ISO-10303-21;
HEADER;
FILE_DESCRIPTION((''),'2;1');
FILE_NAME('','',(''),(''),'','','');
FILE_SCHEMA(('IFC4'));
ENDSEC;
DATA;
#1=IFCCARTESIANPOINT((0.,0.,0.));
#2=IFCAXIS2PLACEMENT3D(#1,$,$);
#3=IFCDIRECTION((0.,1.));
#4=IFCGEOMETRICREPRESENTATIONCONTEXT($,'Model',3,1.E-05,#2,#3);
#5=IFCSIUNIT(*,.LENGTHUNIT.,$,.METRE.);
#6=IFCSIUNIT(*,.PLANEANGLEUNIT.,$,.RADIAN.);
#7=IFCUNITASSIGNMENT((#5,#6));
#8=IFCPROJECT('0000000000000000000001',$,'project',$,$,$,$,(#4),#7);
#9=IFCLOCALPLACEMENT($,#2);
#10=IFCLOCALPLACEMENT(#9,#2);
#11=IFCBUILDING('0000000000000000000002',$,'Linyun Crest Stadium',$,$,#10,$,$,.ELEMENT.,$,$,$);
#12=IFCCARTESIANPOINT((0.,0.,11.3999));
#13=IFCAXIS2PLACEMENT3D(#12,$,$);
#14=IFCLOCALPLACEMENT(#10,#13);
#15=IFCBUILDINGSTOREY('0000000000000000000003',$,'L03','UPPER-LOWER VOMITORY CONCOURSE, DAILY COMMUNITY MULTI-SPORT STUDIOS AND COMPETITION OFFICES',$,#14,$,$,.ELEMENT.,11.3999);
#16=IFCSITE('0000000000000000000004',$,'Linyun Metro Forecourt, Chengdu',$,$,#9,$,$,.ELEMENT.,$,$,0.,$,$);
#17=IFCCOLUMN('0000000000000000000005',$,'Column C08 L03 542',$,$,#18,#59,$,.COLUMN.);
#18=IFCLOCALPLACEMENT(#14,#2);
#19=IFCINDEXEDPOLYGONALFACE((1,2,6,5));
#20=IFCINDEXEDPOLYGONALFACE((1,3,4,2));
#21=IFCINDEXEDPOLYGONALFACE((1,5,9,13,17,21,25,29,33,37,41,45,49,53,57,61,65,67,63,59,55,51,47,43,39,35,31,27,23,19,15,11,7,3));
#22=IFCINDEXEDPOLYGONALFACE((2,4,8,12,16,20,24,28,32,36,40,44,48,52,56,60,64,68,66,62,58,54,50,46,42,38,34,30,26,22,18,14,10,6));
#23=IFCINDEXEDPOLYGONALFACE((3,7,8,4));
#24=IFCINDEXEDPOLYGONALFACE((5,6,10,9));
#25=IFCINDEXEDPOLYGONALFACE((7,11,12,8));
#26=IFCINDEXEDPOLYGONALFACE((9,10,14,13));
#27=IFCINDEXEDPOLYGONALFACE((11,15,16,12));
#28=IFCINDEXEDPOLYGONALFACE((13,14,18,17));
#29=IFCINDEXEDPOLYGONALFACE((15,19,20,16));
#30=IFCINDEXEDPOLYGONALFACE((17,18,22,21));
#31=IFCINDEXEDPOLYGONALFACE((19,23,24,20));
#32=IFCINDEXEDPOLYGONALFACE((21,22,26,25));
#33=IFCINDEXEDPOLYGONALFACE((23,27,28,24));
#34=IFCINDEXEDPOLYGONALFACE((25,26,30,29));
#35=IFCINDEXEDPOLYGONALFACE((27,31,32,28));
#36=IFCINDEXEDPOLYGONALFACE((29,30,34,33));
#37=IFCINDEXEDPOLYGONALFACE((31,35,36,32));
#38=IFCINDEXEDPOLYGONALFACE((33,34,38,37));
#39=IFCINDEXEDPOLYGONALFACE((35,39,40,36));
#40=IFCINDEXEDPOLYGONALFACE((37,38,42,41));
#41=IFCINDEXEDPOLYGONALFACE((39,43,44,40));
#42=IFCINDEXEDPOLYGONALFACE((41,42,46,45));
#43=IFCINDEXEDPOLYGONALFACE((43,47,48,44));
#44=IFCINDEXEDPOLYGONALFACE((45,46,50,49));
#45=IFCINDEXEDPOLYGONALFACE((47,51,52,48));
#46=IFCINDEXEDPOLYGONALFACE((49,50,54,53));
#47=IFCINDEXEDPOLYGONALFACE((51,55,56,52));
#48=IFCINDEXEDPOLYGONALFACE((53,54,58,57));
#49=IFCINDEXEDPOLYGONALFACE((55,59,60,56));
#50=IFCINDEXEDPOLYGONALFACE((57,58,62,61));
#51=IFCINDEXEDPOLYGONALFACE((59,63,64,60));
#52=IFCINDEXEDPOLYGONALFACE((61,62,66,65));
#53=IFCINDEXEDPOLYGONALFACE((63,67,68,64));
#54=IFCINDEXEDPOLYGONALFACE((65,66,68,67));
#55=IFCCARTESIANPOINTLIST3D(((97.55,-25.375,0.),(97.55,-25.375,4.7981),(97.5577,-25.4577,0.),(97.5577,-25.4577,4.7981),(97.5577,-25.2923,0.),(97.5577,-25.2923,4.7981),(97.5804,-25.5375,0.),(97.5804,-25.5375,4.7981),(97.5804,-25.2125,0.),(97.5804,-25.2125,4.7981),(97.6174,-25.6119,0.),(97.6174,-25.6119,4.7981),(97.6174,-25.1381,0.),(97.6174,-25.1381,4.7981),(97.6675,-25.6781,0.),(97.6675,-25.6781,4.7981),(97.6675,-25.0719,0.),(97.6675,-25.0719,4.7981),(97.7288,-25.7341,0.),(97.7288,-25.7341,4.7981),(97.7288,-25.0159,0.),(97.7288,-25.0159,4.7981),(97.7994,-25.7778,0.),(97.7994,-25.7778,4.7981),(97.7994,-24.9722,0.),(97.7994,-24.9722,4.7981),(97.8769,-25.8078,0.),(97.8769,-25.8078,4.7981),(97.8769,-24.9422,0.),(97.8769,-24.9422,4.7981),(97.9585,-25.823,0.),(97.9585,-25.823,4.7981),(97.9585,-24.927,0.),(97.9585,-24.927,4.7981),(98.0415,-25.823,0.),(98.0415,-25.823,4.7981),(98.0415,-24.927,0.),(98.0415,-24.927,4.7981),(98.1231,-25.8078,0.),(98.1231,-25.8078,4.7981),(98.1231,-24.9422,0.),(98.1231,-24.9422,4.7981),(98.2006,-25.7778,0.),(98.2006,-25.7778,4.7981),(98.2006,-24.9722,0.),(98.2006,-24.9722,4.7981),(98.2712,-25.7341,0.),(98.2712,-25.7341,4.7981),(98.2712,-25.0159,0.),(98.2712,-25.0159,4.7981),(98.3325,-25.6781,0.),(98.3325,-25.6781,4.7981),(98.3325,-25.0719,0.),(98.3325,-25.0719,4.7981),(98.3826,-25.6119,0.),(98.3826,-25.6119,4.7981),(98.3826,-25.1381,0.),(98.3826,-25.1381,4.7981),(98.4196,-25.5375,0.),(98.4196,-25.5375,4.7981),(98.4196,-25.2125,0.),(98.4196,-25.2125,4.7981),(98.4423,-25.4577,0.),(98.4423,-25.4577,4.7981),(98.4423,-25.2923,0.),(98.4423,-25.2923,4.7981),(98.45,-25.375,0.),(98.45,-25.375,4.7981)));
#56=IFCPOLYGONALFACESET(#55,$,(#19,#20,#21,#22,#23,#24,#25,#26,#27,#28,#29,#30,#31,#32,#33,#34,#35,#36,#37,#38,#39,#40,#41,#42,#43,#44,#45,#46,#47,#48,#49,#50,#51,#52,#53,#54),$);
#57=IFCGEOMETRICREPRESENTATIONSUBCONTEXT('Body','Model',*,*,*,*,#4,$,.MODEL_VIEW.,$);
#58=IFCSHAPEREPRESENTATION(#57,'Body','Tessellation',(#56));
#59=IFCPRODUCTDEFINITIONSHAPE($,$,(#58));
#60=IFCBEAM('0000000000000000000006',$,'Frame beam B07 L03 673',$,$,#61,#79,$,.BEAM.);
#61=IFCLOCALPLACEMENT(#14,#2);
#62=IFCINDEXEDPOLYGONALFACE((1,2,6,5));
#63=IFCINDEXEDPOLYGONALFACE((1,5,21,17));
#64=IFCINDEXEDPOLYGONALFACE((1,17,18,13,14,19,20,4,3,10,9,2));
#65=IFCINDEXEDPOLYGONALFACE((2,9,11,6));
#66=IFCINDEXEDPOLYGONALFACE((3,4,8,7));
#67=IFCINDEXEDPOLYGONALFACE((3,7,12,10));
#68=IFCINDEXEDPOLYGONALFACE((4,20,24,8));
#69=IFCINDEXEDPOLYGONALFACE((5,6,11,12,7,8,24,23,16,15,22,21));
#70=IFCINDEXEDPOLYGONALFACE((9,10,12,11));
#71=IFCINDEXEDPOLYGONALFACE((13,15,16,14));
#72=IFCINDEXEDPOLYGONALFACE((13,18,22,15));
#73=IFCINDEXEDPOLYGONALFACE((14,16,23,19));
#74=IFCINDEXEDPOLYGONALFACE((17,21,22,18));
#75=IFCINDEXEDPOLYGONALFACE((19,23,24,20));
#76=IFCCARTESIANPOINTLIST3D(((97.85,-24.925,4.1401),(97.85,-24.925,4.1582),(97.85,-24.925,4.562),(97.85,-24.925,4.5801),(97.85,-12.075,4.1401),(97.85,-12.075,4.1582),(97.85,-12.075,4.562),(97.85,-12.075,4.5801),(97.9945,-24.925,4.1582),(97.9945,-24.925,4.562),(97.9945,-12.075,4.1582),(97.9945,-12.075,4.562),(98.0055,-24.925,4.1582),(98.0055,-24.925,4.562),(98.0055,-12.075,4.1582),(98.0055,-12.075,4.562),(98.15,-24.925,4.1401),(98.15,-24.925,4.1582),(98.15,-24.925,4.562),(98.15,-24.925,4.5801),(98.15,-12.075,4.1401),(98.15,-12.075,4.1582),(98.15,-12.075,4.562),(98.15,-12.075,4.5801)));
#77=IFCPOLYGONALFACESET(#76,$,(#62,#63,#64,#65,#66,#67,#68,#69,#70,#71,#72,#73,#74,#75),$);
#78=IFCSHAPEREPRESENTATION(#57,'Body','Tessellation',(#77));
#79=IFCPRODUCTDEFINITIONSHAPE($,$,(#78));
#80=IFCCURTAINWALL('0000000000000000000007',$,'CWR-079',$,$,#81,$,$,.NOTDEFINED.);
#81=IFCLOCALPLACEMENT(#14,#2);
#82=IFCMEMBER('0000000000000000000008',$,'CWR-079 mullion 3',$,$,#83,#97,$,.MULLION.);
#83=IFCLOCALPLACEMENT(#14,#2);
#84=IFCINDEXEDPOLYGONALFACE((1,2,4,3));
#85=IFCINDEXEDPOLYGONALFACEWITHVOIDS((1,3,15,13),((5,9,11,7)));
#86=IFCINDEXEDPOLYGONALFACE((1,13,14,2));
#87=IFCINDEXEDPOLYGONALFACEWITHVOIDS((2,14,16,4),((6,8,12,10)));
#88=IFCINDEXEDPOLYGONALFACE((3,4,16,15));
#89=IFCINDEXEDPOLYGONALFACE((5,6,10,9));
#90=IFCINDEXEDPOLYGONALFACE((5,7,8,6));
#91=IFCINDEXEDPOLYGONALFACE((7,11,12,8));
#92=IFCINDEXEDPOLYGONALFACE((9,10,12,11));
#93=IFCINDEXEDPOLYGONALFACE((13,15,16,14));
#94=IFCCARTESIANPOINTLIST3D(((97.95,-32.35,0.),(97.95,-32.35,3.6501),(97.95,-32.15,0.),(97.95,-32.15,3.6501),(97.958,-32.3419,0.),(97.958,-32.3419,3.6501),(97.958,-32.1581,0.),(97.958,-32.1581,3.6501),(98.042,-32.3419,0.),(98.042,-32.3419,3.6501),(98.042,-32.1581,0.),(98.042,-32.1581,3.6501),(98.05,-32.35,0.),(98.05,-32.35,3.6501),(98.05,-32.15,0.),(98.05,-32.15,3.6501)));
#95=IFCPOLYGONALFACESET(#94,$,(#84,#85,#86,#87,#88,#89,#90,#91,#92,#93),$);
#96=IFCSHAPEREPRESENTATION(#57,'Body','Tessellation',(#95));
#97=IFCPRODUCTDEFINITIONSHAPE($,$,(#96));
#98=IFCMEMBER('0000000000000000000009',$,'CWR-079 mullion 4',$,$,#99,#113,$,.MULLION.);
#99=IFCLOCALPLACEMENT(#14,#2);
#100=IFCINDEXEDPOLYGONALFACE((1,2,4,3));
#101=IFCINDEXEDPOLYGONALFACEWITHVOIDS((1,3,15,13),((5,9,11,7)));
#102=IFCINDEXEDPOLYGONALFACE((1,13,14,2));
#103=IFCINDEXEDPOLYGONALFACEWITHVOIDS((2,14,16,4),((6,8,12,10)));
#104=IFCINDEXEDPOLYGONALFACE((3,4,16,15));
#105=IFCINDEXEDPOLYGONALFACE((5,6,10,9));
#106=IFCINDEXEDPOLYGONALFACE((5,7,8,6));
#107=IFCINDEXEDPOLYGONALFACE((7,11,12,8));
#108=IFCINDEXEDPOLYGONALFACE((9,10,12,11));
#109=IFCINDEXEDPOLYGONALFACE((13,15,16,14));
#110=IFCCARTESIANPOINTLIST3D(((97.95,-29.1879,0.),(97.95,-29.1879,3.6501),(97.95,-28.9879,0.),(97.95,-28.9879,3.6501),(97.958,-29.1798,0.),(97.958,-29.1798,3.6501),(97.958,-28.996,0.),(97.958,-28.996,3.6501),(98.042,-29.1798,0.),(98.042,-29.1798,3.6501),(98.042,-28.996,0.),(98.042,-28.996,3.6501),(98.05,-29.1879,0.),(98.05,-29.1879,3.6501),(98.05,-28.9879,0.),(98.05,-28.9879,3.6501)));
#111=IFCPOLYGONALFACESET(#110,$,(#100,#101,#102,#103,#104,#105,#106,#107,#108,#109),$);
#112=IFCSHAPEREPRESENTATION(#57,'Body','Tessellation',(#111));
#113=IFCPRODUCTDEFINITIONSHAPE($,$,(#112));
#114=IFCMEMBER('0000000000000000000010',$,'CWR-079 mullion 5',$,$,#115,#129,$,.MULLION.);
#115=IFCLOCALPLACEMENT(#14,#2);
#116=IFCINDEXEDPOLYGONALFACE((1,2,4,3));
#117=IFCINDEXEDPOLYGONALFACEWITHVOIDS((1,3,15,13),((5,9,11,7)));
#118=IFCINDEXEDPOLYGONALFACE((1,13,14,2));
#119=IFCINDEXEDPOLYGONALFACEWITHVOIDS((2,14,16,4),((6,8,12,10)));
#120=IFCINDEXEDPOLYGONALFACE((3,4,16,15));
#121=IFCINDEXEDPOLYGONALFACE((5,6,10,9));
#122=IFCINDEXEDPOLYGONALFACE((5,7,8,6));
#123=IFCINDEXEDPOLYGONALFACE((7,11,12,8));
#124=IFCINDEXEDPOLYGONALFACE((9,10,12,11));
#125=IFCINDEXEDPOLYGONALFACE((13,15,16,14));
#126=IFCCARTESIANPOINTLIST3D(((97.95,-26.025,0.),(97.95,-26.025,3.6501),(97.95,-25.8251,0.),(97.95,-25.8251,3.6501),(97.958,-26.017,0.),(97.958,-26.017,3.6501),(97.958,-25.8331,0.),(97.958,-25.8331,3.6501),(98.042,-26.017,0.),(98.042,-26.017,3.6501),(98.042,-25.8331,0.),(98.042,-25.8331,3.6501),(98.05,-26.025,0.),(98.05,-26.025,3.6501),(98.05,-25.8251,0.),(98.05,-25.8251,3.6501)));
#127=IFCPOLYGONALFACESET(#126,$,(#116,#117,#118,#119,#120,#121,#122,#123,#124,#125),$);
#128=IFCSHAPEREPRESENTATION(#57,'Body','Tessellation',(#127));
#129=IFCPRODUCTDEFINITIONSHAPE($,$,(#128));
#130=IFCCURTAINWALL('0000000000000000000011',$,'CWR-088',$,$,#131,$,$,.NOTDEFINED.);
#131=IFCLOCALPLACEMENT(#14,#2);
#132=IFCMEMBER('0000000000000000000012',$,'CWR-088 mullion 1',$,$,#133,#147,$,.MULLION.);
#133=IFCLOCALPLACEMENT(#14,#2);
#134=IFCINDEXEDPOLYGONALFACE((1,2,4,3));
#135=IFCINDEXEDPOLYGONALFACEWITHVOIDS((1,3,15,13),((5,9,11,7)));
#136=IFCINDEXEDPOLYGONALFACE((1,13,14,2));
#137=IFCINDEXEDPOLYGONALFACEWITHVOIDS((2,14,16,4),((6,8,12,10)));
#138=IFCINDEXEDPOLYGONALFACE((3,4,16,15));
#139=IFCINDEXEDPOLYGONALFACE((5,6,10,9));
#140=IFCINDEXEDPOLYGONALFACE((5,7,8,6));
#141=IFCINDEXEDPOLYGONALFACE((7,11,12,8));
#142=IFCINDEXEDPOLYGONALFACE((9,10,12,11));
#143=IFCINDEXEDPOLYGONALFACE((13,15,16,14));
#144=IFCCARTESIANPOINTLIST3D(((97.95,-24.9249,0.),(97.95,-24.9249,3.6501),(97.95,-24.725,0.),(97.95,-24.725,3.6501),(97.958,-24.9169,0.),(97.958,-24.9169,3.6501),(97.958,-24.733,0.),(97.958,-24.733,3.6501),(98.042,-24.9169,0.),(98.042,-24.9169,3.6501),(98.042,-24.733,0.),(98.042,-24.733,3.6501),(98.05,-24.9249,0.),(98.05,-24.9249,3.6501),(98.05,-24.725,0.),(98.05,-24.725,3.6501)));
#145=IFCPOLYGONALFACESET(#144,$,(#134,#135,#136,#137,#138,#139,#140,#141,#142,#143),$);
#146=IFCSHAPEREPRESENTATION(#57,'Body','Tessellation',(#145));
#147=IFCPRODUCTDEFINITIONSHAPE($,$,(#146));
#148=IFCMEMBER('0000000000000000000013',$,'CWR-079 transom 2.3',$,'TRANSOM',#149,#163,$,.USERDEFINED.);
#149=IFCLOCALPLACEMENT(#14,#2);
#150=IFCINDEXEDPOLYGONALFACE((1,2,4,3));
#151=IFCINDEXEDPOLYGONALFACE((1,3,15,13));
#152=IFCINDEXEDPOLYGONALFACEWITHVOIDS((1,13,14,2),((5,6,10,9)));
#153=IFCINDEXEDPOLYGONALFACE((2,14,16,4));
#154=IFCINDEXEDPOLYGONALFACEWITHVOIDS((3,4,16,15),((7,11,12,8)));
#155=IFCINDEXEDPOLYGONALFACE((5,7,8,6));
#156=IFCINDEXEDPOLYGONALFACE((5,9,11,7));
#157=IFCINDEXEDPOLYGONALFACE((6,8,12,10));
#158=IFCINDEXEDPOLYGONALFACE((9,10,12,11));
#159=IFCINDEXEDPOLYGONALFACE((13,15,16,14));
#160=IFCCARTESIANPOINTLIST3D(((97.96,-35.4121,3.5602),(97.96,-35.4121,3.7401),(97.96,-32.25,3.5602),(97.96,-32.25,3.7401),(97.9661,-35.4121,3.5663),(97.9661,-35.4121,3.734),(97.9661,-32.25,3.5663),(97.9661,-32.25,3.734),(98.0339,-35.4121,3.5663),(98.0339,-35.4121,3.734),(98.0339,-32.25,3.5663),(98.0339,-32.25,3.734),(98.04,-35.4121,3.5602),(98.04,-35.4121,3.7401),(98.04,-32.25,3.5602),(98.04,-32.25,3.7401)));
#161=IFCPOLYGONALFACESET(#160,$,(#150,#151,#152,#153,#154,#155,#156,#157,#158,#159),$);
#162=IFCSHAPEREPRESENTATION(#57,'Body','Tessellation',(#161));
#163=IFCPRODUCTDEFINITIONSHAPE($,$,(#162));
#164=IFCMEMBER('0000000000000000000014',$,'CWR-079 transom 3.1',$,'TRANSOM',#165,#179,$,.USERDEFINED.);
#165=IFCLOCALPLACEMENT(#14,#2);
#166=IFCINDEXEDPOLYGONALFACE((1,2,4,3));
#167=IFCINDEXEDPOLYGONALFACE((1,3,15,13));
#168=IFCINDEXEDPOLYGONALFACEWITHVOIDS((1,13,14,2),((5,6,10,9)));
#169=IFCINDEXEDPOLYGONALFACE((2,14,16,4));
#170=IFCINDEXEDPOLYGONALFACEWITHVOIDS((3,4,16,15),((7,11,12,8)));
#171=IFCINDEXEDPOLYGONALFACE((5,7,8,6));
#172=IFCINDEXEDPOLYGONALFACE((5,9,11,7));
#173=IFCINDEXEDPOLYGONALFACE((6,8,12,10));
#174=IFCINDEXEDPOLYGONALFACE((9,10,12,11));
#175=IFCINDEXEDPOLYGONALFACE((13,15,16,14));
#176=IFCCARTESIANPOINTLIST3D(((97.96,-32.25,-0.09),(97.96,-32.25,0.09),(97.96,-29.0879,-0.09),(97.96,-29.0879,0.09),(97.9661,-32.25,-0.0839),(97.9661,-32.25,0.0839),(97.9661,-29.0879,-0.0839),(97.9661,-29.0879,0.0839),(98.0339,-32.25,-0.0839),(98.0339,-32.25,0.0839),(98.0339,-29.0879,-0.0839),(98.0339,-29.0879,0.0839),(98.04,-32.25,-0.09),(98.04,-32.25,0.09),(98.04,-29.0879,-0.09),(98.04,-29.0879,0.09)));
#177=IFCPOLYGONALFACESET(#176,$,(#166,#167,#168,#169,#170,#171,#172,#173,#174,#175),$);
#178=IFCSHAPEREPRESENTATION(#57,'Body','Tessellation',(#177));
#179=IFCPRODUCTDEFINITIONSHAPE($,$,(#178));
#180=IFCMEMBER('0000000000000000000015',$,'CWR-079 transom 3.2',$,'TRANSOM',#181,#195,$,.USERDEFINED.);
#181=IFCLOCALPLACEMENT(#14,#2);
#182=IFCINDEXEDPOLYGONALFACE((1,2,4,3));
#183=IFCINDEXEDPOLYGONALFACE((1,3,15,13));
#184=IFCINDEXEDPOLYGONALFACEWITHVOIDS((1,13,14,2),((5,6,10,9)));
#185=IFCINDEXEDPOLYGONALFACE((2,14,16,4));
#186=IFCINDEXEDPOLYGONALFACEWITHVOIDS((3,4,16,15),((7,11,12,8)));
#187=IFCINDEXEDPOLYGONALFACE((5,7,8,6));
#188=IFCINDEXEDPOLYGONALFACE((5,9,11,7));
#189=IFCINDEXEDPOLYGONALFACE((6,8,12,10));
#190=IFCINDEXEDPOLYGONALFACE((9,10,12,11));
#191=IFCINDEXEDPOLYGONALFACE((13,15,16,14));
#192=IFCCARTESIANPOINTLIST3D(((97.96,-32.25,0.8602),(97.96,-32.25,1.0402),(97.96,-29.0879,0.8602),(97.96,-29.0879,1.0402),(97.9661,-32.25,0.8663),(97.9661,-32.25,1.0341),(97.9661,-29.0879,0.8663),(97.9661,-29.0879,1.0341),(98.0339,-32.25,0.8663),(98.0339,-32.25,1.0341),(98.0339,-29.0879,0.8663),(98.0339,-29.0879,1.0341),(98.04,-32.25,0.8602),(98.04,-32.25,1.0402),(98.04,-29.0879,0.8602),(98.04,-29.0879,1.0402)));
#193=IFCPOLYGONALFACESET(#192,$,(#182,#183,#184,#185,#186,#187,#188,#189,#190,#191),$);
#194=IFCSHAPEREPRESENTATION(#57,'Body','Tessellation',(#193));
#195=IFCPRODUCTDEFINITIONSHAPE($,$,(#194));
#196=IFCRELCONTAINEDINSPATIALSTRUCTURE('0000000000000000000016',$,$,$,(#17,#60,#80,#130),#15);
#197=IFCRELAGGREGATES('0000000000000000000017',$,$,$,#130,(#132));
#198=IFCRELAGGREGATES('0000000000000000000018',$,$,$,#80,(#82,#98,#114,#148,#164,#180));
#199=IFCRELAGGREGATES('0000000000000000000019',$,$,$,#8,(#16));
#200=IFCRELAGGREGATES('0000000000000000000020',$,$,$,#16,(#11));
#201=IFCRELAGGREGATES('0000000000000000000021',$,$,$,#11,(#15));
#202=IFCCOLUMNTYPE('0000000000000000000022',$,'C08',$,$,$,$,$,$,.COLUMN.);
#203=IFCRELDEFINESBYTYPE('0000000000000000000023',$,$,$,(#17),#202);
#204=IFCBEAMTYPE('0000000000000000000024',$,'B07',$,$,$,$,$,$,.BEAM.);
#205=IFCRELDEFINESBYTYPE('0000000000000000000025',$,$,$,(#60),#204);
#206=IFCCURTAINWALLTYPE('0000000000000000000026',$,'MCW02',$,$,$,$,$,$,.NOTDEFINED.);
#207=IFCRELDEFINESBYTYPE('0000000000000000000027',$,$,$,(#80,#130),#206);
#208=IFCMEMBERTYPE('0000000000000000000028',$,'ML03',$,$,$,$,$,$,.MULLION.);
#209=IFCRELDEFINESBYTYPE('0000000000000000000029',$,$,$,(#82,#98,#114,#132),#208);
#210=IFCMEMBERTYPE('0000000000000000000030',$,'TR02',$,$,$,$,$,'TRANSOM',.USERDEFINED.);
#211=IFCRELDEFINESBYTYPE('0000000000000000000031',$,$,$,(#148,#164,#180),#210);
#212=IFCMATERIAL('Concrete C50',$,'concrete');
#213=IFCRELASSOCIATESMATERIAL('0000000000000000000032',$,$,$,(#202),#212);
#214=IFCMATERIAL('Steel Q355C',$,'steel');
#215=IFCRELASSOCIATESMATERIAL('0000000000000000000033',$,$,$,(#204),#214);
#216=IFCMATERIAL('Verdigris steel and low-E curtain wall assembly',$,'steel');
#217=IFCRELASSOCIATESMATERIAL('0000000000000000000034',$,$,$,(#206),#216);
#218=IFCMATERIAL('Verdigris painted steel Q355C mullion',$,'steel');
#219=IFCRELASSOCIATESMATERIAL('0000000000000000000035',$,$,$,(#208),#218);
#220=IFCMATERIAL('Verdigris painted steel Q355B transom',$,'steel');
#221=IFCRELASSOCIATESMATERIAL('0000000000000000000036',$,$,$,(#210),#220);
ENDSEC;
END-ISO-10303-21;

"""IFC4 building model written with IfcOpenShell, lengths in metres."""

from ifc_helpers import new_model, si_unit, direction, frame, origin, origin_2d, place, context, subcontext, project, spatial, hollow_rectangle, circle, i_section, extrude, material, material_profile, profile_set, type_object, element, aggregate, save


model = new_model("IFC4")

# Units and contexts
model_context = context("Model", 3, precision=1e-05, world=origin(), true_north=direction((0.0, 1.0)))
body_context = subcontext(model_context, "Body", "Model", "MODEL_VIEW")
ifc_project = project(units=[si_unit("LENGTHUNIT", "METRE"), si_unit("PLANEANGLEUNIT", "RADIAN")], contexts=[model_context])

# Site, building, storey
site_placement = place(None, origin())
site = spatial("IfcSite", under=ifc_project, at=site_placement, Name="Linyun Metro Forecourt, Chengdu", CompositionType="ELEMENT", RefElevation=0.0)
building_placement = place(site_placement, origin())
building = spatial("IfcBuilding", under=site, at=building_placement, Name="Linyun Crest Stadium", CompositionType="ELEMENT")
storey_placement = place(building_placement, frame((0.0, 0.0, 11.3999)))
storey = spatial("IfcBuildingStorey", under=building, at=storey_placement, Name="L03", Description="UPPER-LOWER VOMITORY CONCOURSE, DAILY COMMUNITY MULTI-SPORT STUDIOS AND COMPETITION OFFICES", CompositionType="ELEMENT", Elevation=11.3999)

# Column
ifc_material_1 = material(Name="Concrete C50", Category="concrete")
ifc_material_profile_1 = material_profile(ifc_material_1, circle(Radius=0.45, at=origin_2d()), Name="RC D900")
ifc_profile_set_1 = profile_set([ifc_material_profile_1], Name="Concrete C50")
column_type = type_object("IfcColumnType", Name="C08", PredefinedType="COLUMN", material=ifc_profile_set_1)
column_placement = place(storey_placement, frame((98.0, -25.375, 0.0), z_axis=(0.0, 0.0, 1.0), x_axis=(1.0, 0.0, 0.0)))
element("IfcColumn", 1, at=column_placement, inside=storey, type_object=column_type, Name="Column C08 L03 542", PredefinedType="COLUMN", context=body_context, shape_type="SweptSolid", body=[
    extrude(circle(Radius=0.45, at=origin_2d()), origin(), (0.0, 0.0, 1.0), 4.7981),
])

# Beam
ifc_material_2 = material(Name="Steel Q355C", Category="steel")
ifc_material_profile_2 = material_profile(ifc_material_2, i_section(OverallWidth=0.3, OverallDepth=0.4399, WebThickness=0.011, FlangeThickness=0.0181, at=origin_2d()), Name="HM 440x300")
ifc_profile_set_2 = profile_set([ifc_material_profile_2], Name="Steel Q355C")
beam_type = type_object("IfcBeamType", Name="B07", PredefinedType="BEAM", material=ifc_profile_set_2)
beam_placement = place(storey_placement, frame((98.0, -24.925, 4.3601), z_axis=(0.0, 1.0, 0.0), x_axis=(-1.0, 0.0, 0.0)))
element("IfcBeam", 2, at=beam_placement, inside=storey, type_object=beam_type, Name="Frame beam B07 L03 673", PredefinedType="BEAM", context=body_context, shape_type="SweptSolid", body=[
    extrude(i_section(OverallWidth=0.3, OverallDepth=0.4399, WebThickness=0.011, FlangeThickness=0.0181, at=origin_2d()), origin(), (0.0, 0.0, 1.0), 12.8501),
])

# Curtain wall, members
ifc_material_3 = material(Name="Verdigris steel and low-E curtain wall assembly", Category="steel")
curtain_wall_type = type_object("IfcCurtainWallType", Name="MCW02", PredefinedType="NOTDEFINED", material=ifc_material_3)
curtain_wall_1_placement = place(storey_placement, origin())
curtain_wall_1 = element("IfcCurtainWall", 3, at=curtain_wall_1_placement, inside=storey, type_object=curtain_wall_type, Name="CWR-079", PredefinedType="NOTDEFINED")
ifc_material_4 = material(Name="Verdigris painted steel Q355C mullion", Category="steel")
ifc_material_profile_3 = material_profile(ifc_material_4, hollow_rectangle(XDim=0.1001, YDim=0.2, WallThickness=0.0081, at=origin_2d()), Name="RHS 200x100x8")
ifc_profile_set_3 = profile_set([ifc_material_profile_3], Name="Verdigris painted steel Q355C mullion")
member_type_1 = type_object("IfcMemberType", Name="ML03", PredefinedType="MULLION", material=ifc_profile_set_3)
member_1_placement = place(storey_placement, frame((98.0, -32.25, 0.0), z_axis=(0.0, 0.0, 1.0), x_axis=(-1.0, 0.0, 0.0)))
member_1 = element("IfcMember", 4, at=member_1_placement, type_object=member_type_1, Name="CWR-079 mullion 3", PredefinedType="MULLION", context=body_context, shape_type="SweptSolid", body=[
    extrude(hollow_rectangle(XDim=0.1001, YDim=0.2, WallThickness=0.0081, at=origin_2d()), origin(), (0.0, 0.0, 1.0), 3.6501),
])
member_2_placement = place(storey_placement, frame((98.0, -29.0879, 0.0), z_axis=(0.0, 0.0, 1.0), x_axis=(-1.0, 0.0, 0.0)))
member_2 = element("IfcMember", 5, at=member_2_placement, type_object=member_type_1, Name="CWR-079 mullion 4", PredefinedType="MULLION", context=body_context, shape_type="SweptSolid", body=[
    extrude(hollow_rectangle(XDim=0.1001, YDim=0.2, WallThickness=0.0081, at=origin_2d()), origin(), (0.0, 0.0, 1.0), 3.6501),
])
member_3_placement = place(storey_placement, frame((98.0, -25.925, 0.0), z_axis=(0.0, 0.0, 1.0), x_axis=(-1.0, 0.0, 0.0)))
member_3 = element("IfcMember", 6, at=member_3_placement, type_object=member_type_1, Name="CWR-079 mullion 5", PredefinedType="MULLION", context=body_context, shape_type="SweptSolid", body=[
    extrude(hollow_rectangle(XDim=0.1001, YDim=0.2, WallThickness=0.0081, at=origin_2d()), origin(), (0.0, 0.0, 1.0), 3.6501),
])

# Curtain wall, member
curtain_wall_2_placement = place(storey_placement, origin())
curtain_wall_2 = element("IfcCurtainWall", 7, at=curtain_wall_2_placement, inside=storey, type_object=curtain_wall_type, Name="CWR-088", PredefinedType="NOTDEFINED")
member_4_placement = place(storey_placement, frame((98.0, -24.825, 0.0), z_axis=(0.0, 0.0, 1.0), x_axis=(-1.0, 0.0, 0.0)))
member_4 = element("IfcMember", 8, at=member_4_placement, type_object=member_type_1, Name="CWR-088 mullion 1", PredefinedType="MULLION", context=body_context, shape_type="SweptSolid", body=[
    extrude(hollow_rectangle(XDim=0.1001, YDim=0.2, WallThickness=0.0081, at=origin_2d()), origin(), (0.0, 0.0, 1.0), 3.6501),
])

# Members
ifc_material_5 = material(Name="Verdigris painted steel Q355B transom", Category="steel")
ifc_material_profile_4 = material_profile(ifc_material_5, hollow_rectangle(XDim=0.0801, YDim=0.1799, WallThickness=0.0061, at=origin_2d()), Name="RHS 180x80x6")
ifc_profile_set_4 = profile_set([ifc_material_profile_4], Name="Verdigris painted steel Q355B transom")
member_type_2 = type_object("IfcMemberType", Name="TR02", ElementType="TRANSOM", PredefinedType="USERDEFINED", material=ifc_profile_set_4)
member_5_placement = place(storey_placement, frame((98.0, -35.4121, 3.6501), z_axis=(0.0, 1.0, 0.0), x_axis=(-1.0, 0.0, 0.0)))
member_5 = element("IfcMember", 9, at=member_5_placement, type_object=member_type_2, Name="CWR-079 transom 2.3", ObjectType="TRANSOM", PredefinedType="USERDEFINED", context=body_context, shape_type="SweptSolid", body=[
    extrude(hollow_rectangle(XDim=0.0801, YDim=0.1799, WallThickness=0.0061, at=origin_2d()), origin(), (0.0, 0.0, 1.0), 3.1621),
])
member_6_placement = place(storey_placement, frame((98.0, -32.25, 0.0), z_axis=(0.0, 1.0, 0.0), x_axis=(-1.0, 0.0, 0.0)))
member_6 = element("IfcMember", 10, at=member_6_placement, type_object=member_type_2, Name="CWR-079 transom 3.1", ObjectType="TRANSOM", PredefinedType="USERDEFINED", context=body_context, shape_type="SweptSolid", body=[
    extrude(hollow_rectangle(XDim=0.0801, YDim=0.1799, WallThickness=0.0061, at=origin_2d()), origin(), (0.0, 0.0, 1.0), 3.1621),
])
member_7_placement = place(storey_placement, frame((98.0, -32.25, 0.9502), z_axis=(0.0, 1.0, 0.0), x_axis=(-1.0, 0.0, 0.0)))
member_7 = element("IfcMember", 11, at=member_7_placement, type_object=member_type_2, Name="CWR-079 transom 3.2", ObjectType="TRANSOM", PredefinedType="USERDEFINED", context=body_context, shape_type="SweptSolid", body=[
    extrude(hollow_rectangle(XDim=0.0801, YDim=0.1799, WallThickness=0.0061, at=origin_2d()), origin(), (0.0, 0.0, 1.0), 3.1621),
])
aggregate(curtain_wall_2, [member_4])

aggregate(curtain_wall_1, [member_1, member_2, member_3, member_5, member_6, member_7])

save(model, "model.ifc")
